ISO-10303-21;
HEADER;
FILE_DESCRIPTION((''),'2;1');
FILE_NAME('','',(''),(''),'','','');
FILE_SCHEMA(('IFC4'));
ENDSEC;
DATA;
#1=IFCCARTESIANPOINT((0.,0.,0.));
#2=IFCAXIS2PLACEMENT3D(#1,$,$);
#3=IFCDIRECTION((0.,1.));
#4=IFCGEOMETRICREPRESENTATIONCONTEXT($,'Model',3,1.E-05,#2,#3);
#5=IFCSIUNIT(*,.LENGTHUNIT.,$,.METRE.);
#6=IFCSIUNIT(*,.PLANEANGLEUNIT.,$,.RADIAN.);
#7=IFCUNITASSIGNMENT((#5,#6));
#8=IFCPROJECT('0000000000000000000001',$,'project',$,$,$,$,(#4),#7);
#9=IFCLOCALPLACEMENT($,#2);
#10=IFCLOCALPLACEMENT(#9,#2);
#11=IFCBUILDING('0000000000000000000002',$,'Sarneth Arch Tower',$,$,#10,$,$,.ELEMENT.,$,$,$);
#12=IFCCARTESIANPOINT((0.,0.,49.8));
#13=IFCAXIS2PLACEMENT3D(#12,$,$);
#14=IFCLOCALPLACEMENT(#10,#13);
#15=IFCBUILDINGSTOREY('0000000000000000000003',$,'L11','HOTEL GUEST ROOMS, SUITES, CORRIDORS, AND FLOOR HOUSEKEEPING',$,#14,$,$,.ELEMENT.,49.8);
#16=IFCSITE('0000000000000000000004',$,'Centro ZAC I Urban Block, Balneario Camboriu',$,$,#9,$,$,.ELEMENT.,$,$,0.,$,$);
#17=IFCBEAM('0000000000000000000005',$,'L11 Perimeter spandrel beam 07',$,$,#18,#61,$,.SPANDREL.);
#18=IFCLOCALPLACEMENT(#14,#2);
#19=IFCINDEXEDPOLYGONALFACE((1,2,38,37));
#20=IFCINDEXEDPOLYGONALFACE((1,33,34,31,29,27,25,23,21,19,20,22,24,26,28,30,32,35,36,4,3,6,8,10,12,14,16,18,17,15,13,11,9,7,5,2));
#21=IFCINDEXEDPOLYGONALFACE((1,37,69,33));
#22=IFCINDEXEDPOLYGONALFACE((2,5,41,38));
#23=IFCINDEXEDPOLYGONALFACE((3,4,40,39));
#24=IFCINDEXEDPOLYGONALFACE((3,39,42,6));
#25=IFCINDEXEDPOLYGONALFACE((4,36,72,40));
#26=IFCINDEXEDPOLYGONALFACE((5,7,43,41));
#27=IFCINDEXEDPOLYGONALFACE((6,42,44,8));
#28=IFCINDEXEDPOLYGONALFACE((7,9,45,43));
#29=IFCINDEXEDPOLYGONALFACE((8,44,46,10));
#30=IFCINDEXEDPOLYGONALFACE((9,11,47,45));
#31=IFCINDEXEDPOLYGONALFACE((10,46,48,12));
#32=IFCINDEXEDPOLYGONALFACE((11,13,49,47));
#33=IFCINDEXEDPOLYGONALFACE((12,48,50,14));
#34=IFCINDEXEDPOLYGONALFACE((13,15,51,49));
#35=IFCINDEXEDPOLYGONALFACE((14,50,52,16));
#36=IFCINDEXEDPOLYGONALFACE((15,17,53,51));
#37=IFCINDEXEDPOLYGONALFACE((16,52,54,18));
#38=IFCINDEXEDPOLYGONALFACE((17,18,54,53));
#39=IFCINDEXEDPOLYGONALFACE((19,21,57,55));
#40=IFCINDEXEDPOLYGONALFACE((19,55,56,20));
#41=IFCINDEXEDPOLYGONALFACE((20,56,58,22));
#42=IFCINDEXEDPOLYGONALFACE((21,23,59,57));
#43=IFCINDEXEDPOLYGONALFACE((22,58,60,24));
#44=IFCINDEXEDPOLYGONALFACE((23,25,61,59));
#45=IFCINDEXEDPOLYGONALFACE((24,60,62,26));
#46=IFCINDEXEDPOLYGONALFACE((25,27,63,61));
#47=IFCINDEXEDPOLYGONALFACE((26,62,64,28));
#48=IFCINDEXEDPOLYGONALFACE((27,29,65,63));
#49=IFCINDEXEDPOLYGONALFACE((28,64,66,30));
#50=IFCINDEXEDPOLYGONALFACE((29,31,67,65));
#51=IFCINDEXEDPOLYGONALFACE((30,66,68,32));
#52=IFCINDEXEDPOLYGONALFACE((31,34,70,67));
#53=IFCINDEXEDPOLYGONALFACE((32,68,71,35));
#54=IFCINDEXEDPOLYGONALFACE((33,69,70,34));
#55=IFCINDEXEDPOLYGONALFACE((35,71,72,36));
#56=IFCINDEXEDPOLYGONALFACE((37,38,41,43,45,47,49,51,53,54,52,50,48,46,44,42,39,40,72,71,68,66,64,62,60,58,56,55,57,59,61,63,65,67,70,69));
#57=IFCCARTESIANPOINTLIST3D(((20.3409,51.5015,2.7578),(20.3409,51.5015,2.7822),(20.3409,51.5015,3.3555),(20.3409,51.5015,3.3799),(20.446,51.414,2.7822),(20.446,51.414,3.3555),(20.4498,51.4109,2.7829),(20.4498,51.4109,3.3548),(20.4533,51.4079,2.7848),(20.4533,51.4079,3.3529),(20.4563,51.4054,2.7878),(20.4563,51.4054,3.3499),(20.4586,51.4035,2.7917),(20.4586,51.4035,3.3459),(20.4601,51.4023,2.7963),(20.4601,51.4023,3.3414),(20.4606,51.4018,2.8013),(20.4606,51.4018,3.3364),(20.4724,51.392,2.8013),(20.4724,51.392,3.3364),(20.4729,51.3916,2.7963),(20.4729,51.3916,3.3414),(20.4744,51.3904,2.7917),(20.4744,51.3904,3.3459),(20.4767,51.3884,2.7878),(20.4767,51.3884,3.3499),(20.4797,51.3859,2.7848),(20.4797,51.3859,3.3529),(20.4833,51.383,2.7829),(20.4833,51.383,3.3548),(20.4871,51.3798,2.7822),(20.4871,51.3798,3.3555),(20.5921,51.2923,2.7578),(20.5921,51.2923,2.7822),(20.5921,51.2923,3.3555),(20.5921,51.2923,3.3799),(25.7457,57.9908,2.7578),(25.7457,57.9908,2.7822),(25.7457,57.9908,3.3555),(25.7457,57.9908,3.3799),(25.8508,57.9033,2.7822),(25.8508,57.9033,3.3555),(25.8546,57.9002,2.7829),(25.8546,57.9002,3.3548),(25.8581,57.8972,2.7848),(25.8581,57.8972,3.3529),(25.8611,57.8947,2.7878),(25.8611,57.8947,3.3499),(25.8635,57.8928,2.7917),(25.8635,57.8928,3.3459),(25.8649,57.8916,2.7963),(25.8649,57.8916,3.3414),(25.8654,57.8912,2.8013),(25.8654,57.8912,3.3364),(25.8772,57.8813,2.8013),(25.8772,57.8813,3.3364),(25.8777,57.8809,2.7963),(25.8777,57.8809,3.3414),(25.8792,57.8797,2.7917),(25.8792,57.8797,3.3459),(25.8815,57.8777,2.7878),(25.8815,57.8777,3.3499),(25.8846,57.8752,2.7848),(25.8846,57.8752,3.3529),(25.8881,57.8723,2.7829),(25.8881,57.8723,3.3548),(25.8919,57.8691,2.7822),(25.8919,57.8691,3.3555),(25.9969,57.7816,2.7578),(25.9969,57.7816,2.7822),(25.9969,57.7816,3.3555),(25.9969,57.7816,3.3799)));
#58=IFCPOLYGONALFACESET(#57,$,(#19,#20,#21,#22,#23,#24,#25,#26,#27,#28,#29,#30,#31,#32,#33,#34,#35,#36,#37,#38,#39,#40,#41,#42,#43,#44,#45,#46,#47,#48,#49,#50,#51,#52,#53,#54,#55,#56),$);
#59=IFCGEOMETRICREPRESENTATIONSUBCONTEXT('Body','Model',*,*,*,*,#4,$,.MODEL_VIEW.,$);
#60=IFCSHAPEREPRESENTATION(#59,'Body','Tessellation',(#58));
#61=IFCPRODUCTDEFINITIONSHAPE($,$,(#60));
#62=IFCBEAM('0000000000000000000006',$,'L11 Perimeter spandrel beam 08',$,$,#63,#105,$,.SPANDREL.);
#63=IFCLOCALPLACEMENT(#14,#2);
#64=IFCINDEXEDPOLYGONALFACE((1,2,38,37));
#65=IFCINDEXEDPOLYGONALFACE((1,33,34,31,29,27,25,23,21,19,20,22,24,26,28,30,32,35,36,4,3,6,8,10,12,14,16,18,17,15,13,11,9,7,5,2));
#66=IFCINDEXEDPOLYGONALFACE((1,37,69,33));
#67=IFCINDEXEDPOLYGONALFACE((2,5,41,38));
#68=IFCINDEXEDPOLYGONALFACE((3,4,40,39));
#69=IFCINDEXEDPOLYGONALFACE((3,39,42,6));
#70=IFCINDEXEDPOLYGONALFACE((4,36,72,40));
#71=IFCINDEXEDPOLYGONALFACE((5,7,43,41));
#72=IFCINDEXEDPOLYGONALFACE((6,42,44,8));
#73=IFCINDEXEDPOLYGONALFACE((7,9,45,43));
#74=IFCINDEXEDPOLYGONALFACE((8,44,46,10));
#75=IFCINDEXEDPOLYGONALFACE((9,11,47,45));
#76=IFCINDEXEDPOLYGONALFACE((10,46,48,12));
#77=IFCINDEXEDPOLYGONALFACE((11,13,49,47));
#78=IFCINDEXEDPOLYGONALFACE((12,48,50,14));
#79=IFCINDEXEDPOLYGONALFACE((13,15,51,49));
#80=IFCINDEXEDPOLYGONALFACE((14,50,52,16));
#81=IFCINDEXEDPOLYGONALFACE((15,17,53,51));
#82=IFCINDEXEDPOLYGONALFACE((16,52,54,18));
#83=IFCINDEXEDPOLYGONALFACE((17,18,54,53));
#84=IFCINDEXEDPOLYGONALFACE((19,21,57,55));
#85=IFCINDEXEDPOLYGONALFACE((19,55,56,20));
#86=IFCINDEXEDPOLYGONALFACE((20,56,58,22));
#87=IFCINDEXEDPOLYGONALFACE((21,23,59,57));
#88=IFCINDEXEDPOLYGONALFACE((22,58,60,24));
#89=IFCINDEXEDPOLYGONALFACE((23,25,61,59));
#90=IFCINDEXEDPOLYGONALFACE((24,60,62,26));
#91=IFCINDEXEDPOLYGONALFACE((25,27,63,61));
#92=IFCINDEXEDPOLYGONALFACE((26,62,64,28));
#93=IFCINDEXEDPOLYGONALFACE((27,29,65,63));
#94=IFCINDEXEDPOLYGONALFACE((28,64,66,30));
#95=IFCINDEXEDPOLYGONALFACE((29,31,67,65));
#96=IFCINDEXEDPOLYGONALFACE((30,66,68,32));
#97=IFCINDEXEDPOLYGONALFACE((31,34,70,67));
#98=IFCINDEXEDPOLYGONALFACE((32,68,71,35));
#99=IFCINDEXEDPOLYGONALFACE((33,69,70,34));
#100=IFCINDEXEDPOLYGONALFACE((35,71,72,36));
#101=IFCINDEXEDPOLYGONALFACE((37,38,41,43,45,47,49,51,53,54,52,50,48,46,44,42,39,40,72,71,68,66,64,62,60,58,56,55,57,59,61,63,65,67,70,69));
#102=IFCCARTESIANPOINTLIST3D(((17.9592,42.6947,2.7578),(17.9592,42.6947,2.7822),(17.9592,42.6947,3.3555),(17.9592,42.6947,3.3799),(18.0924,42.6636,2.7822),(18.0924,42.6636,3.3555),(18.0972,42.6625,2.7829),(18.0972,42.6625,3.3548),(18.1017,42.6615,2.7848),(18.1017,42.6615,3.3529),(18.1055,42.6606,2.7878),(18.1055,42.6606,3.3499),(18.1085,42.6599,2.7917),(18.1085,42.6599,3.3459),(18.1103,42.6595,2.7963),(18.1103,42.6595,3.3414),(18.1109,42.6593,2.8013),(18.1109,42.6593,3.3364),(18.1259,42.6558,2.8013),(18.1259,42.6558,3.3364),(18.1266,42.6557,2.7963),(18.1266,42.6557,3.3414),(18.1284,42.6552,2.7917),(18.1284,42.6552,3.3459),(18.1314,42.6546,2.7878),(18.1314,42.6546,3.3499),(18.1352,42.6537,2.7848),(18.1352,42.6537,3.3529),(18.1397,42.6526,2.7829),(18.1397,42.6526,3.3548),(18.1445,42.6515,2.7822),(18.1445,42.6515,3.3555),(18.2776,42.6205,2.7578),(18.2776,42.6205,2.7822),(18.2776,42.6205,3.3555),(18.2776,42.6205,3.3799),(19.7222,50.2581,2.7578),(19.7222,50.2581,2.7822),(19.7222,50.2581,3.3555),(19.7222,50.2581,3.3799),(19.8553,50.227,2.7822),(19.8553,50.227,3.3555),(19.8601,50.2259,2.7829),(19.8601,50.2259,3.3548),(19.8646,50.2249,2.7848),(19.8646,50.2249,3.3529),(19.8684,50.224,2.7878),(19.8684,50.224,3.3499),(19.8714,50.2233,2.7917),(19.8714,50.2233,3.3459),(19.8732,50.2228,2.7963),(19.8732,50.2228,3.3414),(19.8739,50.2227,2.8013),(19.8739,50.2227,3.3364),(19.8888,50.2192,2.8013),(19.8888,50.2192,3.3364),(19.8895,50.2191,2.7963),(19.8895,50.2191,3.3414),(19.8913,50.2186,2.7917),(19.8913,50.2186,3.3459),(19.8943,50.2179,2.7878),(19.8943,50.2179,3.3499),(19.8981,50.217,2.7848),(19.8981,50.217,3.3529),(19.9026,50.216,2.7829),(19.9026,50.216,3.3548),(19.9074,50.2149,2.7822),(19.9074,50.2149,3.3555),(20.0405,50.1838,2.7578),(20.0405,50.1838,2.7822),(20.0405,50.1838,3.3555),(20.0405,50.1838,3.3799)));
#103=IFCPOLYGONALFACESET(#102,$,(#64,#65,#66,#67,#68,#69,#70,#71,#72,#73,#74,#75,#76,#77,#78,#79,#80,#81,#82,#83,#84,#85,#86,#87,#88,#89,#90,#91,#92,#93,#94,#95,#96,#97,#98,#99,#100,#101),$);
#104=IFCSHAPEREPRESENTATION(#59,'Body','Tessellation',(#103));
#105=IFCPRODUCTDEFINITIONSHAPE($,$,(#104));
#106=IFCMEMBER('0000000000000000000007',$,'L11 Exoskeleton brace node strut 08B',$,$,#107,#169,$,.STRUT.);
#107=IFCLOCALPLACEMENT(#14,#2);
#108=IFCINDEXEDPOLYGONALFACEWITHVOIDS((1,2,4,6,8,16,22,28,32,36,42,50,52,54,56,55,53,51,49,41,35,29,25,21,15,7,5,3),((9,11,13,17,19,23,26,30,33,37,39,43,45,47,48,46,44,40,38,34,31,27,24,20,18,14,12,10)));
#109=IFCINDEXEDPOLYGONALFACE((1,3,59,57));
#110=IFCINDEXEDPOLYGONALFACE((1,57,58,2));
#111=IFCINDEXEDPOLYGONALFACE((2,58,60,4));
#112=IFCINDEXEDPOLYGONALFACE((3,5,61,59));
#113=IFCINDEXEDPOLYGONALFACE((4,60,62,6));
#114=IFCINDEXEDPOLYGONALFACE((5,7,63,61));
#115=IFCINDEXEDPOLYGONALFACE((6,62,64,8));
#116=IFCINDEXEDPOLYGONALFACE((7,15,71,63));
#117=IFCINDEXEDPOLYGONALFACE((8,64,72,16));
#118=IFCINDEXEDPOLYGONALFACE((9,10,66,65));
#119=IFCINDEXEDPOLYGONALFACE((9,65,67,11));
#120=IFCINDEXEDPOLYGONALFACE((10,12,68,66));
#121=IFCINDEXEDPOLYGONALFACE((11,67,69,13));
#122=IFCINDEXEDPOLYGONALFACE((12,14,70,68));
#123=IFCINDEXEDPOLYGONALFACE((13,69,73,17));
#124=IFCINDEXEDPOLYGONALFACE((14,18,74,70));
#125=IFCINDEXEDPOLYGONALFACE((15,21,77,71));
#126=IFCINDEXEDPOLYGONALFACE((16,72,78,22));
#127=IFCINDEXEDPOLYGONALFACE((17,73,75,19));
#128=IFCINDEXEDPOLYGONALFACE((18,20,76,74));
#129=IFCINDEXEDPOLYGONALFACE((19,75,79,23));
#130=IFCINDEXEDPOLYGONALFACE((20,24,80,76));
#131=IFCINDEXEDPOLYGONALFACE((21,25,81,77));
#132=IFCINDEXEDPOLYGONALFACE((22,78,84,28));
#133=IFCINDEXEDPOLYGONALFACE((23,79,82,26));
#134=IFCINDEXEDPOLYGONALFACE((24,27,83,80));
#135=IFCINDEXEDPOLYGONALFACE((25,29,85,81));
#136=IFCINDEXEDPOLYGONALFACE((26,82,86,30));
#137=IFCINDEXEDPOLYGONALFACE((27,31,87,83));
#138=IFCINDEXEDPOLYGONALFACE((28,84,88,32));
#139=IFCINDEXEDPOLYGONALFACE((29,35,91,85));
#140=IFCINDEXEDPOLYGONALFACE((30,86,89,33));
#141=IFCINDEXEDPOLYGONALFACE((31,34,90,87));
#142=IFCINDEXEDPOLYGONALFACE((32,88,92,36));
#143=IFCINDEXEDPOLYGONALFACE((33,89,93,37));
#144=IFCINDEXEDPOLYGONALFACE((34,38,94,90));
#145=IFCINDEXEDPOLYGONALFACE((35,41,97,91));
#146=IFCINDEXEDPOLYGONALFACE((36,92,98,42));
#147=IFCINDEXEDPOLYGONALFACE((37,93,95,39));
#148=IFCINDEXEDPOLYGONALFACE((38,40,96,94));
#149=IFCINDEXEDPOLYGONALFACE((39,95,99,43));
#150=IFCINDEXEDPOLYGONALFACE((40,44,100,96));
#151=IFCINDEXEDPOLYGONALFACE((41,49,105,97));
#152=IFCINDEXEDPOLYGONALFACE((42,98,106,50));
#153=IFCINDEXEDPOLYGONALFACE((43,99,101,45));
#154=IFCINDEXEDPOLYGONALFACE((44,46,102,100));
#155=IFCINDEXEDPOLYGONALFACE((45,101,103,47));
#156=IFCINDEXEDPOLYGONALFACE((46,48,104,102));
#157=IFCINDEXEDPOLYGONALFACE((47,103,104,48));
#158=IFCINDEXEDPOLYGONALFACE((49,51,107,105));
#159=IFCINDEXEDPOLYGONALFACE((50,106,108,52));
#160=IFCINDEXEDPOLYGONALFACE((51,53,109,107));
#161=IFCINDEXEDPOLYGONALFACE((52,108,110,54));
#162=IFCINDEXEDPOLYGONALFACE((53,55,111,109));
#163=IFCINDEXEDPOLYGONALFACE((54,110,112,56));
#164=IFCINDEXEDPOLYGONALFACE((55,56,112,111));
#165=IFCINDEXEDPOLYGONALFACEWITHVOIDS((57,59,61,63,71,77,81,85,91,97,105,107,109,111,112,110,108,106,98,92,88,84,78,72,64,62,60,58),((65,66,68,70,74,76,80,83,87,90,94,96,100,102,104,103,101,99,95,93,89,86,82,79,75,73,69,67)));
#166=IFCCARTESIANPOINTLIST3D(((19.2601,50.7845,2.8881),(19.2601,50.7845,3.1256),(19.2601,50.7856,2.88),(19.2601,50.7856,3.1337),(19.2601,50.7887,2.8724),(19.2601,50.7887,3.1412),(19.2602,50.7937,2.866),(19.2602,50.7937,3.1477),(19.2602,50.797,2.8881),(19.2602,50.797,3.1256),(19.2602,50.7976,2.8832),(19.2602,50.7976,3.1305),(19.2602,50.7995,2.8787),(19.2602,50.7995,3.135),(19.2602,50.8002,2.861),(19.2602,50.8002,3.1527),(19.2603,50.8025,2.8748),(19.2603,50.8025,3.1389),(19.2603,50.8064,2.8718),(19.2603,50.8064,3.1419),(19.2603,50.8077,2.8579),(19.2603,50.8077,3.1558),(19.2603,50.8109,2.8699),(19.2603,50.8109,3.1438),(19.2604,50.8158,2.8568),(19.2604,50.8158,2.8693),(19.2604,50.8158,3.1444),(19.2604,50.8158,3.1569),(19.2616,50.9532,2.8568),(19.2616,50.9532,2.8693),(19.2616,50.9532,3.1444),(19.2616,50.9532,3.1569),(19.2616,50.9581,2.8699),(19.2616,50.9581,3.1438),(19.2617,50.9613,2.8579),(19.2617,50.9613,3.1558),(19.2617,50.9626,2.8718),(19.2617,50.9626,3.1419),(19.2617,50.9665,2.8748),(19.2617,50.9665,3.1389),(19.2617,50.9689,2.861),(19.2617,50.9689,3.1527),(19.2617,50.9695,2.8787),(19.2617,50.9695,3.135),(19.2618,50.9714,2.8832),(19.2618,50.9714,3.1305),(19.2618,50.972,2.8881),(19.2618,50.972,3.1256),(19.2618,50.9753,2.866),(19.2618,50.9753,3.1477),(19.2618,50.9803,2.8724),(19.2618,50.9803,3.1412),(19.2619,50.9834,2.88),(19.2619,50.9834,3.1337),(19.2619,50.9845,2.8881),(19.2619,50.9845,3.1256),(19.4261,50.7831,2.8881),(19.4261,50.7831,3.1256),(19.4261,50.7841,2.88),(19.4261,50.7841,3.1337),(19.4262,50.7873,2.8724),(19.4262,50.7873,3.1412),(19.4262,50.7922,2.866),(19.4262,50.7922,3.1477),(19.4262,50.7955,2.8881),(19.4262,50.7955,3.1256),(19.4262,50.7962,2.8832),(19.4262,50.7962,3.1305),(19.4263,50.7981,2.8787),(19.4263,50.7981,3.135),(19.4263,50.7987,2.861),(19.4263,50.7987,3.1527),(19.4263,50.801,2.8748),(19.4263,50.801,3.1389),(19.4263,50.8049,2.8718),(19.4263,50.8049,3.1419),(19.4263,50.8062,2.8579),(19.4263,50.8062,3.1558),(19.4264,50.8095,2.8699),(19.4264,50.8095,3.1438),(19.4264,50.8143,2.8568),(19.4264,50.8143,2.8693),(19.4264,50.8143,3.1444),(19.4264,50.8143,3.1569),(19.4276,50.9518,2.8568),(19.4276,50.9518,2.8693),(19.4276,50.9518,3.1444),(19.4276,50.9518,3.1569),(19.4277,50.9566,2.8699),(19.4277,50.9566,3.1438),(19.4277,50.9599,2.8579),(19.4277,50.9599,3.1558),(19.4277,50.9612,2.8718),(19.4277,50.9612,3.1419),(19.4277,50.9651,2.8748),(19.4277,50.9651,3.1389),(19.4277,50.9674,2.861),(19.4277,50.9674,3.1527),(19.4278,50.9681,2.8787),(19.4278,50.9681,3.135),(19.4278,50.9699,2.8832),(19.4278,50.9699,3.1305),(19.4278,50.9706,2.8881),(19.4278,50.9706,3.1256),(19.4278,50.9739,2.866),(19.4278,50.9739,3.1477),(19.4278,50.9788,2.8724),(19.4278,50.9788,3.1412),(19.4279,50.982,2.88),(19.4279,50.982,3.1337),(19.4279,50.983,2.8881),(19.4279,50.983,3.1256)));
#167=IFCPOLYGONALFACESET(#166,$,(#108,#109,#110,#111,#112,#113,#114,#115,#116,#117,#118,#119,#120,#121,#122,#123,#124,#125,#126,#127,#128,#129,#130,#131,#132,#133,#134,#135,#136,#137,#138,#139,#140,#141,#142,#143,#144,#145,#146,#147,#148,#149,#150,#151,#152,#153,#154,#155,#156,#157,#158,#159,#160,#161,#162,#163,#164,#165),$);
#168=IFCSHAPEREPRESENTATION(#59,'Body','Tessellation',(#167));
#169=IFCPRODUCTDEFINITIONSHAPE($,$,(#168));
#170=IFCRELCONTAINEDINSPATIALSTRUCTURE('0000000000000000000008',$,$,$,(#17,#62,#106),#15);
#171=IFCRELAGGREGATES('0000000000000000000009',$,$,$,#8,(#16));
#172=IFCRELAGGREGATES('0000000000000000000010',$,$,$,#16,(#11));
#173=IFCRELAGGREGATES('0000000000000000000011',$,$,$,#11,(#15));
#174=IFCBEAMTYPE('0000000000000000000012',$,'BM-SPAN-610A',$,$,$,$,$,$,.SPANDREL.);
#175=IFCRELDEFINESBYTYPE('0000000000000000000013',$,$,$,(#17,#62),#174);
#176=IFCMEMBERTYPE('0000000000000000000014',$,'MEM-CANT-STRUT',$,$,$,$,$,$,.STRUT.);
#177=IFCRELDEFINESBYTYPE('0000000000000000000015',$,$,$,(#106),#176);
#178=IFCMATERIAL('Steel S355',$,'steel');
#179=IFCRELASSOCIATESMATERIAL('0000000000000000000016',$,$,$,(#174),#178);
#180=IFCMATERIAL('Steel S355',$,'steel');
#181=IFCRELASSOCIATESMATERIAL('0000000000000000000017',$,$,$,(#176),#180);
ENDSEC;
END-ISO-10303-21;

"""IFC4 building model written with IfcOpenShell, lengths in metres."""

from ifc_helpers import new_model, si_unit, direction, frame, origin, origin_2d, place, context, subcontext, project, spatial, hollow_rectangle, i_section, extrude, material, material_profile, profile_set, type_object, element, save


model = new_model("IFC4")

# Units and contexts
model_context = context("Model", 3, precision=1e-05, world=origin(), true_north=direction((0.0, 1.0)))
body_context = subcontext(model_context, "Body", "Model", "MODEL_VIEW")
ifc_project = project(units=[si_unit("LENGTHUNIT", "METRE"), si_unit("PLANEANGLEUNIT", "RADIAN")], contexts=[model_context])

# Site, building, storey
site_placement = place(None, origin())
site = spatial("IfcSite", under=ifc_project, at=site_placement, Name="Centro ZAC I Urban Block, Balneario Camboriu", CompositionType="ELEMENT", RefElevation=0.0)
building_placement = place(site_placement, origin())
building = spatial("IfcBuilding", under=site, at=building_placement, Name="Sarneth Arch Tower", CompositionType="ELEMENT")
storey_placement = place(building_placement, frame((0.0, 0.0, 49.8)))
storey = spatial("IfcBuildingStorey", under=building, at=storey_placement, Name="L11", Description="HOTEL GUEST ROOMS, SUITES, CORRIDORS, AND FLOOR HOUSEKEEPING", CompositionType="ELEMENT", Elevation=49.8)

# Beams
ifc_material_1 = material(Name="Steel S355", Category="steel")
ifc_material_profile_1 = material_profile(ifc_material_1, i_section(OverallWidth=0.3269, OverallDepth=0.6221, WebThickness=0.0154, FlangeThickness=0.0244, FilletRadius=0.019, at=origin_2d()), Name="W610x195")
ifc_profile_set_1 = profile_set([ifc_material_profile_1], Name="Steel S355")
beam_type_1 = type_object("IfcBeamType", Name="BM-SPAN-610A", PredefinedType="SPANDREL", material=ifc_profile_set_1)
beam_1_placement = place(storey_placement, frame((25.8713, 57.8862, 3.0688), z_axis=(-0.63998, -0.768392, 0.0), x_axis=(0.768392, -0.63998, 0.0)))
element("IfcBeam", 1, at=beam_1_placement, inside=storey, type_object=beam_type_1, Name="L11 Perimeter spandrel beam 07", PredefinedType="SPANDREL", context=body_context, shape_type="SweptSolid", body=[
    extrude(i_section(OverallWidth=0.3269, OverallDepth=0.6221, WebThickness=0.0154, FlangeThickness=0.0244, FilletRadius=0.019, at=origin_2d()), origin(), (0.0, 0.0, 1.0), 8.4453),
])
beam_2_placement = place(storey_placement, frame((19.8813, 50.2209, 3.0688), z_axis=(-0.227001, -0.973895, 0.0), x_axis=(0.973895, -0.227001, 0.0)))
element("IfcBeam", 2, at=beam_2_placement, inside=storey, type_object=beam_type_1, Name="L11 Perimeter spandrel beam 08", PredefinedType="SPANDREL", context=body_context, shape_type="SweptSolid", body=[
    extrude(i_section(OverallWidth=0.3269, OverallDepth=0.6221, WebThickness=0.0154, FlangeThickness=0.0244, FilletRadius=0.019, at=origin_2d()), origin(), (0.0, 0.0, 1.0), 7.7661),
])

# Member
ifc_material_2 = material(Name="Steel S355", Category="steel")
ifc_material_profile_2 = material_profile(ifc_material_2, hollow_rectangle(XDim=0.2, YDim=0.3, WallThickness=0.0125, InnerFilletRadius=0.0188, OuterFilletRadius=0.0312, at=origin_2d()), Name="RHS300x200x12.5")
ifc_profile_set_2 = profile_set([ifc_material_profile_2], Name="Steel S355")
member_type_1 = type_object("IfcMemberType", Name="MEM-CANT-STRUT", PredefinedType="STRUT", material=ifc_profile_set_2)
member_1_placement = place(storey_placement, frame((19.427, 50.8831, 3.0068), z_axis=(-0.999961, 0.008823, 0.0), x_axis=(-0.008823, -0.999961, 0.0)))
element("IfcMember", 3, at=member_1_placement, inside=storey, type_object=member_type_1, Name="L11 Exoskeleton brace node strut 08B", PredefinedType="STRUT", context=body_context, shape_type="SweptSolid", body=[
    extrude(hollow_rectangle(XDim=0.2, YDim=0.3, WallThickness=0.0125, InnerFilletRadius=0.0188, OuterFilletRadius=0.0312, at=origin_2d()), origin(), (0.0, 0.0, 1.0), 0.166),
])

save(model, "model.ifc")
